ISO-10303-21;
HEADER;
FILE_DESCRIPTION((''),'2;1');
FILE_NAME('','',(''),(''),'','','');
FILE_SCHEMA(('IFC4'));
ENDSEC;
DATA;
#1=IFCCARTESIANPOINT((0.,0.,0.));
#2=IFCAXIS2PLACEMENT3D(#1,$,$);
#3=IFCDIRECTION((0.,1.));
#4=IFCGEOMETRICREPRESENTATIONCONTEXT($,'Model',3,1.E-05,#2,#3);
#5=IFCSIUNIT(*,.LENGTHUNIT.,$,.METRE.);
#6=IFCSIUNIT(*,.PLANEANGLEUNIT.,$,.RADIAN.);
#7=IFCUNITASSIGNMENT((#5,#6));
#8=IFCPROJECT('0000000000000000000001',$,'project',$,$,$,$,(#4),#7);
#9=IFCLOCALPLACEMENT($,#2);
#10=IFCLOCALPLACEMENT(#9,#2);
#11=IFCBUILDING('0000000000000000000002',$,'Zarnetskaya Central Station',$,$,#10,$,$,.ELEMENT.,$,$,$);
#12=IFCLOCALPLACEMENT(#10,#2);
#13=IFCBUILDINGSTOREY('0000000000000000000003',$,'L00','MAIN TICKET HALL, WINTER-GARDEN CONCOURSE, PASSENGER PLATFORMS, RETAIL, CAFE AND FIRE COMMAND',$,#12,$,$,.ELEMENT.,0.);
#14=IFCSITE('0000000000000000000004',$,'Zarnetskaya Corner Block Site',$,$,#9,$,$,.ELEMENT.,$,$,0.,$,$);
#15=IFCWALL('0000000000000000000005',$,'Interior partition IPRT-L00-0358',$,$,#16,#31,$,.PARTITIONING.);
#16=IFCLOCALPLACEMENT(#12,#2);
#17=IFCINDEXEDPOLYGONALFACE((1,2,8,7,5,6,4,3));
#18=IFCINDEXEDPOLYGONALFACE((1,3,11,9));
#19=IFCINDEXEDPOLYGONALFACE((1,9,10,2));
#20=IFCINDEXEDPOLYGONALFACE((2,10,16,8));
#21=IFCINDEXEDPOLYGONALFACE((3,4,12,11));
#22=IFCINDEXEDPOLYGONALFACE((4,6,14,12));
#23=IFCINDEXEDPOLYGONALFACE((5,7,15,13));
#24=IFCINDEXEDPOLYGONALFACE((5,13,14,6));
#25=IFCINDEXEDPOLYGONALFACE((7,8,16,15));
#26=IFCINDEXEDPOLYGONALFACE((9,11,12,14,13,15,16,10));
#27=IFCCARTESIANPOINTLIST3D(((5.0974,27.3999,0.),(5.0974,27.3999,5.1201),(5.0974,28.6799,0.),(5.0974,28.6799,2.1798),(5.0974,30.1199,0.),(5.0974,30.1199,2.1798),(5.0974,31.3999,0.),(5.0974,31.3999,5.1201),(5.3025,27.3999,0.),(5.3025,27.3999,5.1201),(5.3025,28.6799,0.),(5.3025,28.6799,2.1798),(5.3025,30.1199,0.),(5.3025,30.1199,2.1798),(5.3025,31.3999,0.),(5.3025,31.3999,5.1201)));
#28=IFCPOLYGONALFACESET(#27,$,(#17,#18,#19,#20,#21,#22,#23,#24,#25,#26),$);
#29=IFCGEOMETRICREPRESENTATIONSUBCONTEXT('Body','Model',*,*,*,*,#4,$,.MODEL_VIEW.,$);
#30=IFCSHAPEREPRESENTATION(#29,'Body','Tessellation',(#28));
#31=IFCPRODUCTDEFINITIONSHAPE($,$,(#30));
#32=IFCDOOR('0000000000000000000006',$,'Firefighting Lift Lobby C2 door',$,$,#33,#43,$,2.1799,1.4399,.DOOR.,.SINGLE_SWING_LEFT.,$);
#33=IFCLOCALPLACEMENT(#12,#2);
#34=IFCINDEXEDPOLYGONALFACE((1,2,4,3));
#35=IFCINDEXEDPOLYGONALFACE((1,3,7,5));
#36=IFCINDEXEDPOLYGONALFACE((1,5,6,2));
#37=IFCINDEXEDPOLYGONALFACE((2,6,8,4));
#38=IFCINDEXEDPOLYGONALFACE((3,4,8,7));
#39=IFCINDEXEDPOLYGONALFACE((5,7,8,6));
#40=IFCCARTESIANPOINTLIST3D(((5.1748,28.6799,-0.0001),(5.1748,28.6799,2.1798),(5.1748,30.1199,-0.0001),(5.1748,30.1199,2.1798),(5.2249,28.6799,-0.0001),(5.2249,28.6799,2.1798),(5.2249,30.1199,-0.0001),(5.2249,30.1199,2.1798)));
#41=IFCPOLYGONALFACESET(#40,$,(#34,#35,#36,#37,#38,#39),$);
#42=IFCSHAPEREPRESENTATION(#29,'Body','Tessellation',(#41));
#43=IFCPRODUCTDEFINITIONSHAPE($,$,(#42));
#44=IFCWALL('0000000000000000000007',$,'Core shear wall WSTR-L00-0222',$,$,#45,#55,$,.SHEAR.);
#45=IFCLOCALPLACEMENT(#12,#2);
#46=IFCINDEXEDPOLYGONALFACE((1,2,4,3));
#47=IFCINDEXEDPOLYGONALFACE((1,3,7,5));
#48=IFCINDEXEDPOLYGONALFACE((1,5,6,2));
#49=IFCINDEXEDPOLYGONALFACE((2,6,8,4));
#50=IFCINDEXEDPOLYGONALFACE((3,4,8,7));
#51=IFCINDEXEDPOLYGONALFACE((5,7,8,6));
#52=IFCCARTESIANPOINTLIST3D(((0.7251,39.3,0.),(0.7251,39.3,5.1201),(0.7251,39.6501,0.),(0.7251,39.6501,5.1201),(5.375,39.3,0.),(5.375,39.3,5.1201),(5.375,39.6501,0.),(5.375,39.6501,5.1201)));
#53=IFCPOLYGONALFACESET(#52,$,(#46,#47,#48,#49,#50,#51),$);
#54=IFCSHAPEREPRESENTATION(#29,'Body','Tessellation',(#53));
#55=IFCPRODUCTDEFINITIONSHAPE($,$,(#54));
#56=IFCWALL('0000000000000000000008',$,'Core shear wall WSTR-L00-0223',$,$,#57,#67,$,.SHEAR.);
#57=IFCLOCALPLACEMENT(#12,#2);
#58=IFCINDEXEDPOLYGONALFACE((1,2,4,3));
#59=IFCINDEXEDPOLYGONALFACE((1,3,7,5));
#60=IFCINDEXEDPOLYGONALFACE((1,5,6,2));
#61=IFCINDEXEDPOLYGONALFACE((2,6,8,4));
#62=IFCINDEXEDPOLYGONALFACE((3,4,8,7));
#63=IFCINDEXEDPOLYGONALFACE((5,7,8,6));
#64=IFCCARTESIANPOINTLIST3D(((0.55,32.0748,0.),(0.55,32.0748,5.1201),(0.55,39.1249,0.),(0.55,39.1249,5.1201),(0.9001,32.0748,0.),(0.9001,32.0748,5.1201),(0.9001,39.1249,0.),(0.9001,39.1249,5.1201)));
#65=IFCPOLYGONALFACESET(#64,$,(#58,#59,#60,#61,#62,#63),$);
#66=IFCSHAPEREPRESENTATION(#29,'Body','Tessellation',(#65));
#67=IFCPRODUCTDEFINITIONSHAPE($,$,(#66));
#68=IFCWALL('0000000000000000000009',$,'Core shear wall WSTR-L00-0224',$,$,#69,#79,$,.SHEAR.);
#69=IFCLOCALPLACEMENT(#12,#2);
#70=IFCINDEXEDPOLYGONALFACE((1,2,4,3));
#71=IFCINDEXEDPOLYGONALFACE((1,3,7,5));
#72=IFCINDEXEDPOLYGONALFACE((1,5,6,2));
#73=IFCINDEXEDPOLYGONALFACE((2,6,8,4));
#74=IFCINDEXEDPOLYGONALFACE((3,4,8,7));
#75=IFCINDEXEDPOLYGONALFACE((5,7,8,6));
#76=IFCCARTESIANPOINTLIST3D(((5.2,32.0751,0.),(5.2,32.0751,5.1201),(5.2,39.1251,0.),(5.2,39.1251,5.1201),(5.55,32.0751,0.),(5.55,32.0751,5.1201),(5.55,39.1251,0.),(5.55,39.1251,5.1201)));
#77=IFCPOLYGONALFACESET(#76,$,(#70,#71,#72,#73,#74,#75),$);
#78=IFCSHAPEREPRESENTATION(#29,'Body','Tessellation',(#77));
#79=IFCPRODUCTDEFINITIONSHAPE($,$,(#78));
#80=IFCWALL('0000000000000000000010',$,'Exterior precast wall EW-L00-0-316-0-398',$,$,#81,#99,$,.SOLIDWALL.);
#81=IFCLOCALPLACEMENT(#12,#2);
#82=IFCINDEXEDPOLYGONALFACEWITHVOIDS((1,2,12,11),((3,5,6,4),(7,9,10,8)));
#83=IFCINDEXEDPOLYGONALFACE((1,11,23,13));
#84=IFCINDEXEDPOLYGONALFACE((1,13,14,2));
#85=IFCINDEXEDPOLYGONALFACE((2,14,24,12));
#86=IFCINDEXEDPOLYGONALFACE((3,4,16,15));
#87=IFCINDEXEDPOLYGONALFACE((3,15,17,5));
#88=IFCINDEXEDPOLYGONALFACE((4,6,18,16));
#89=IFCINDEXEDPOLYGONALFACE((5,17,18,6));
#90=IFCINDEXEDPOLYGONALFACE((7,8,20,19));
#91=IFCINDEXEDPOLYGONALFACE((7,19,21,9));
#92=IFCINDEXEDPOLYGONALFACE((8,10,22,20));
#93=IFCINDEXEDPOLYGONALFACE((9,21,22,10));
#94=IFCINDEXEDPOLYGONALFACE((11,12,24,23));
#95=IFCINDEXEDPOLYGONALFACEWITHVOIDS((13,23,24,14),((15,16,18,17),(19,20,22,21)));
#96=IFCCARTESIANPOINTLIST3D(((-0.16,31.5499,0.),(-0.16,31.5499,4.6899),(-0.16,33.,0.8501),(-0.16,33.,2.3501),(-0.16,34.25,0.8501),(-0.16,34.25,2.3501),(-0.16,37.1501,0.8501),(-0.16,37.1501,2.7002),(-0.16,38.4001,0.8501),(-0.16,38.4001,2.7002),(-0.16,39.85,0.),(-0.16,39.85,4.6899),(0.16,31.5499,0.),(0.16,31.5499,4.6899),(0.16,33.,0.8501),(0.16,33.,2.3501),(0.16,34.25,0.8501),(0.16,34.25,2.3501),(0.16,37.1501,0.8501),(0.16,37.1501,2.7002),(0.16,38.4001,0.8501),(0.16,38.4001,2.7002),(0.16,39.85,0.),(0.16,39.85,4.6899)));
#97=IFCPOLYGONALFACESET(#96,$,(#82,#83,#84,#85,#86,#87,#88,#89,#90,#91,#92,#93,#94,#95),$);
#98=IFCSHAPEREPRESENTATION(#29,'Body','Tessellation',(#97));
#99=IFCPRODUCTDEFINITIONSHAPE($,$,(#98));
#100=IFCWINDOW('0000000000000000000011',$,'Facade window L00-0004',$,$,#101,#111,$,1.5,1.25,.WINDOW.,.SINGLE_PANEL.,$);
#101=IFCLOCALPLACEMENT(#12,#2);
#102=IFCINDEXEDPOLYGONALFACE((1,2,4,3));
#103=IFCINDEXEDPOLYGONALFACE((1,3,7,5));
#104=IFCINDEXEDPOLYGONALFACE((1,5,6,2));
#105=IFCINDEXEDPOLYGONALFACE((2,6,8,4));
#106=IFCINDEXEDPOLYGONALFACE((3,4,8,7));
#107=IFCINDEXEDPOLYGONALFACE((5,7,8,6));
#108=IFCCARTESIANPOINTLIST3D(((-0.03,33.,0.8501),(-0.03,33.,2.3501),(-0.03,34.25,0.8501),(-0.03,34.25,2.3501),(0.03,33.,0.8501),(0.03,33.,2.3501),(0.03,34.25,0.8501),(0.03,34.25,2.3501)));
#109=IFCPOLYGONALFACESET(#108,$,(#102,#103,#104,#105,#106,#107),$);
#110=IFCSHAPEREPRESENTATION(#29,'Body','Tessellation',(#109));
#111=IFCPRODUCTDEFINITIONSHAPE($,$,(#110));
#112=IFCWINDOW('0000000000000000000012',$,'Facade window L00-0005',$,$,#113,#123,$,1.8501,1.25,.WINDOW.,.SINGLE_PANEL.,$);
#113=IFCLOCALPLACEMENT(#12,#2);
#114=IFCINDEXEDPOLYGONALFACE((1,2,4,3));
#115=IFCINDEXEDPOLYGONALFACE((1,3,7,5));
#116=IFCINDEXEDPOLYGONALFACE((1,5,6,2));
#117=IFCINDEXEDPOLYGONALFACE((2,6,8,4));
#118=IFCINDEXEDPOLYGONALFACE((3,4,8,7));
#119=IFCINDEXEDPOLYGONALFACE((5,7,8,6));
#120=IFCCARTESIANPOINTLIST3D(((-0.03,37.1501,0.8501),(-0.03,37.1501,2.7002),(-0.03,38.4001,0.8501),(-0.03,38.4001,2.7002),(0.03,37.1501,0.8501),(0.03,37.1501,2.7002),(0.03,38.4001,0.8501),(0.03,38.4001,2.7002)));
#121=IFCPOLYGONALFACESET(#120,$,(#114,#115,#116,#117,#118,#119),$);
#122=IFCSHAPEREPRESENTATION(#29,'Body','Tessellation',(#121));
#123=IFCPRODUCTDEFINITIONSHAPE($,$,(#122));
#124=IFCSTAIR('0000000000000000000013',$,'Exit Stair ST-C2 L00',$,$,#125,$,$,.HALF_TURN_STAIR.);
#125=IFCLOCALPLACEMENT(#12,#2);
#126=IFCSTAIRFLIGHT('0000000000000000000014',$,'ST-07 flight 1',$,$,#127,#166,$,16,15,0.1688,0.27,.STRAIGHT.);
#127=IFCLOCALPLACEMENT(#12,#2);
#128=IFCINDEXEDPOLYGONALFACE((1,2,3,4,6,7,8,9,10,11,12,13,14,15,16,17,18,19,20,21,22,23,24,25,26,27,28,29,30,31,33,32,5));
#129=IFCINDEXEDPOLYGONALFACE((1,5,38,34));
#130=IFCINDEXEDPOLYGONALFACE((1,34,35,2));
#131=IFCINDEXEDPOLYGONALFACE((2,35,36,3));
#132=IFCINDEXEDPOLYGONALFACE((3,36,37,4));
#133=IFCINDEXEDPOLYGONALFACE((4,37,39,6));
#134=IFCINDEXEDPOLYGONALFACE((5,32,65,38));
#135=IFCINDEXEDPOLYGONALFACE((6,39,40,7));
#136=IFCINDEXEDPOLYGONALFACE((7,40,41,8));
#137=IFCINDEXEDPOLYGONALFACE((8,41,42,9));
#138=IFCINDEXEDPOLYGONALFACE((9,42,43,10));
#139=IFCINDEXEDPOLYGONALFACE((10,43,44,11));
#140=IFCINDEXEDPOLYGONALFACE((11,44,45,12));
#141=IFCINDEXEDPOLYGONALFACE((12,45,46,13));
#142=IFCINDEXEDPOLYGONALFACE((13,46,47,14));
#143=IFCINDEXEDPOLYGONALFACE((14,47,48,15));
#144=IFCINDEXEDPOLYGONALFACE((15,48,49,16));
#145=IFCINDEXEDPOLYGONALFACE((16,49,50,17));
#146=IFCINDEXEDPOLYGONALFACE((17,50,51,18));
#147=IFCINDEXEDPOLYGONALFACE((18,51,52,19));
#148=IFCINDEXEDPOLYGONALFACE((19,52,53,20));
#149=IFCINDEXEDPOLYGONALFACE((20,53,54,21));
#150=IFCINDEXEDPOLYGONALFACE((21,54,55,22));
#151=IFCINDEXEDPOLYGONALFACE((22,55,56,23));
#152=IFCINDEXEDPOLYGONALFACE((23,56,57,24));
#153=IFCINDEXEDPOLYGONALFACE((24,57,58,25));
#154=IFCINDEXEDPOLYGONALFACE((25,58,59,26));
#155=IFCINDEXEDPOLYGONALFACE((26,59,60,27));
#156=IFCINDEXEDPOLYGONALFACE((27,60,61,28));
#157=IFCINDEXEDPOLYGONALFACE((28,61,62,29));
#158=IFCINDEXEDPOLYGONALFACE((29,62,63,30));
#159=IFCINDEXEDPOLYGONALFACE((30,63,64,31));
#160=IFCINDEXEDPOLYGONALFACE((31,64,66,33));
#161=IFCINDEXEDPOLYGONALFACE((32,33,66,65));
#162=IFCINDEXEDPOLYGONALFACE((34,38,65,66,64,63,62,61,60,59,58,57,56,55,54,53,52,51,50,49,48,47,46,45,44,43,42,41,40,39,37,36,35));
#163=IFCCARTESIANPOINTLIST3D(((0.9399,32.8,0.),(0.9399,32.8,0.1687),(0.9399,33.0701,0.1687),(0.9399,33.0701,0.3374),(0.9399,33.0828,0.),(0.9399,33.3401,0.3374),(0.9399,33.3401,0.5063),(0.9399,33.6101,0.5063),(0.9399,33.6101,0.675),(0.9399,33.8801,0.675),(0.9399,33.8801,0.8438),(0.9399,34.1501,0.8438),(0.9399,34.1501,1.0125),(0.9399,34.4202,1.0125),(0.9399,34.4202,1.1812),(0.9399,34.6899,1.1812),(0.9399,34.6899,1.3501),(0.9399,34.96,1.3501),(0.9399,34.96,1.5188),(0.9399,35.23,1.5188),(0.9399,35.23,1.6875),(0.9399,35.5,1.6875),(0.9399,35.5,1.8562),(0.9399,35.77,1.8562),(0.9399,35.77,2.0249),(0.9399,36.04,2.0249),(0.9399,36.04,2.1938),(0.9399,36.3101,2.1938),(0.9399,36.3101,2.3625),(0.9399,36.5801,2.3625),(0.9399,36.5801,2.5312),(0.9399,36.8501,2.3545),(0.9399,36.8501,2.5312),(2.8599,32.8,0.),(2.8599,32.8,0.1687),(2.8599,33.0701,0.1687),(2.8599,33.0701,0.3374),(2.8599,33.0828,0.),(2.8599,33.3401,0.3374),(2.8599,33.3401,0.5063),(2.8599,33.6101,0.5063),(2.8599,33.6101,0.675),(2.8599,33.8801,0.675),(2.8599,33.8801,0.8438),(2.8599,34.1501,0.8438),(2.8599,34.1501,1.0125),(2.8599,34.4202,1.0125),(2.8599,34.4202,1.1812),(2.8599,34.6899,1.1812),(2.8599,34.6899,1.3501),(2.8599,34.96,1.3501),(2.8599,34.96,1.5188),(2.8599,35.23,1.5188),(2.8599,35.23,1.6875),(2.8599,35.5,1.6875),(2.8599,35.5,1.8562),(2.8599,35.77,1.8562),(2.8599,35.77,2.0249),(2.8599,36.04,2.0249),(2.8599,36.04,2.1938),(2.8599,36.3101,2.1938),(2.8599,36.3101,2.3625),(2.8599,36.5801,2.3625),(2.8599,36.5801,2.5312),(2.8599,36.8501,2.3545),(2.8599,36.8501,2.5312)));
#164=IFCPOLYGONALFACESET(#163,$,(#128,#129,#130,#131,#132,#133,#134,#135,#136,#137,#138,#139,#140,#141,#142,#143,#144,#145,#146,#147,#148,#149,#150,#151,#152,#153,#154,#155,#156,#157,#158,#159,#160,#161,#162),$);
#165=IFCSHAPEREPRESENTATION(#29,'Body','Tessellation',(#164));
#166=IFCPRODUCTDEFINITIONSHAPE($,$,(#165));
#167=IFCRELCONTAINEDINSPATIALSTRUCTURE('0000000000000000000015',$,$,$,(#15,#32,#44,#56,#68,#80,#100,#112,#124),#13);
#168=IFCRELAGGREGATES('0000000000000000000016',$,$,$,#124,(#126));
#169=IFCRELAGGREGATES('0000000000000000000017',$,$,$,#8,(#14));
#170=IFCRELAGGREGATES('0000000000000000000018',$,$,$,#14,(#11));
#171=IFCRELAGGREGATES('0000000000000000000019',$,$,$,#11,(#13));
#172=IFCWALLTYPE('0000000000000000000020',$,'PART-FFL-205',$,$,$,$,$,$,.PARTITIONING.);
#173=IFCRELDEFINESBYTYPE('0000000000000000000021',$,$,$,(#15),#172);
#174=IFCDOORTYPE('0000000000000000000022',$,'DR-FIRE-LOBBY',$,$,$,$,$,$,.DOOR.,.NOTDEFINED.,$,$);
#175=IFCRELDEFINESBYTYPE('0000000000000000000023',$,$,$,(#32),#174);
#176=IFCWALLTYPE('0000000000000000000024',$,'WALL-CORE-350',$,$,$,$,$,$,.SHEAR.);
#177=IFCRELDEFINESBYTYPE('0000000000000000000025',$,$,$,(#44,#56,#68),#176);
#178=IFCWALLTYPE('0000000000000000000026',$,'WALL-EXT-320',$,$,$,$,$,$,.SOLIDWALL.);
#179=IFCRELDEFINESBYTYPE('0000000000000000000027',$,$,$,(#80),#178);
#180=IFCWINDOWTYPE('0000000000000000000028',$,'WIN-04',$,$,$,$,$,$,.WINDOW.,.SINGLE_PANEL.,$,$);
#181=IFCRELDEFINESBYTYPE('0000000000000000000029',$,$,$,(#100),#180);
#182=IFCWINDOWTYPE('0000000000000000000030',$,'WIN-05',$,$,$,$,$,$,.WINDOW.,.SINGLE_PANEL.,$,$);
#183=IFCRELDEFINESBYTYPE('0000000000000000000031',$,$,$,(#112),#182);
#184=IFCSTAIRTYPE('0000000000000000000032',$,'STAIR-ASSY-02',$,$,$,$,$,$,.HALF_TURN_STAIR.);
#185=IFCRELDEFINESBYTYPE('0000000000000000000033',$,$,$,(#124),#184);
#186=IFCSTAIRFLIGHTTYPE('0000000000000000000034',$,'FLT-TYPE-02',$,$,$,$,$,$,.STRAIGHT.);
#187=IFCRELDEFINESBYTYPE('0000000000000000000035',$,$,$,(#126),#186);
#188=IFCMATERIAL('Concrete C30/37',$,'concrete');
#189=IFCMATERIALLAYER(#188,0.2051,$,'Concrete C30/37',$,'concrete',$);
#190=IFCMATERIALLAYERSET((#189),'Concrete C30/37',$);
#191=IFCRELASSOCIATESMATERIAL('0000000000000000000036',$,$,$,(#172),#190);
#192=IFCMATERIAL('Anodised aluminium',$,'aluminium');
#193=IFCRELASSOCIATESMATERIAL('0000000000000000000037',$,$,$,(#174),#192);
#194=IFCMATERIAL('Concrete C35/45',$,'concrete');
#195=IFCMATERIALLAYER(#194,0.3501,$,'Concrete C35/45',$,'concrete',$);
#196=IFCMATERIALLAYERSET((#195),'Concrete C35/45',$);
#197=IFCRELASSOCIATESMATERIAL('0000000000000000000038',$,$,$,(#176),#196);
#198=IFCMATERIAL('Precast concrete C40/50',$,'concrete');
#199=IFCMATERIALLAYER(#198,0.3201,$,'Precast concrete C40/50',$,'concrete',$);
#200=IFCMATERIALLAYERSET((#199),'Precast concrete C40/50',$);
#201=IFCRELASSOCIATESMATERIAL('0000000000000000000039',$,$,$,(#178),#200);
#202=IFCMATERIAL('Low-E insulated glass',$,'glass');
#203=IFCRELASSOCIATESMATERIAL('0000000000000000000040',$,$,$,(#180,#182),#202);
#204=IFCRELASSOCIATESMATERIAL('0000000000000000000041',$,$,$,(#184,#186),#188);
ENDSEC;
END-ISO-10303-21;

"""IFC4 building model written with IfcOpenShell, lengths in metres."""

from ifc_helpers import new_model, si_unit, direction, frame, frame_2d, origin, place, context, subcontext, project, spatial, polyline, rectangle, outline, extrude, material, layer, layer_set, type_object, element, fill, aggregate, save


model = new_model("IFC4")

# Units and contexts
model_context = context("Model", 3, precision=1e-05, world=origin(), true_north=direction((0.0, 1.0)))
body_context = subcontext(model_context, "Body", "Model", "MODEL_VIEW")
ifc_project = project(units=[si_unit("LENGTHUNIT", "METRE"), si_unit("PLANEANGLEUNIT", "RADIAN")], contexts=[model_context])

# Site, building, storey
site_placement = place(None, origin())
site = spatial("IfcSite", under=ifc_project, at=site_placement, Name="Zarnetskaya Corner Block Site", CompositionType="ELEMENT", RefElevation=0.0)
building_placement = place(site_placement, origin())
building = spatial("IfcBuilding", under=site, at=building_placement, Name="Zarnetskaya Central Station", CompositionType="ELEMENT")
storey_placement = place(building_placement, origin())
storey = spatial("IfcBuildingStorey", under=building, at=storey_placement, Name="L00", Description="MAIN TICKET HALL, WINTER-GARDEN CONCOURSE, PASSENGER PLATFORMS, RETAIL, CAFE AND FIRE COMMAND", CompositionType="ELEMENT", Elevation=0.0)

# Wall, opening, door
ifc_material_1 = material(Name="Concrete C30/37", Category="concrete")
ifc_layer_1 = layer(ifc_material_1, 0.2051, Name="Concrete C30/37", Category="concrete")
ifc_layer_set_1 = layer_set([ifc_layer_1], Name="Concrete C30/37")
wall_type_1 = type_object("IfcWallType", Name="PART-FFL-205", PredefinedType="PARTITIONING", material=ifc_layer_set_1)
wall_1_placement = place(storey_placement, frame((5.2, 31.3999, 0.0), z_axis=(0.0, 0.0, 1.0), x_axis=(0.0, -1.0, 0.0)))
wall_1 = element("IfcWall", 1, at=wall_1_placement, inside=storey, type_object=wall_type_1, Name="Interior partition IPRT-L00-0358", PredefinedType="PARTITIONING", context=body_context, shape_type="SweptSolid", body=[
    extrude(rectangle(XDim=4.0, YDim=0.2051, at=frame_2d((2.0, 0.0))), origin(), (0.0, 0.0, 1.0), 5.1201),
])
opening_1_placement = place(wall_1_placement, frame((1.28, 0.0, 0.0)))
opening_1 = element("IfcOpeningElement", 2, at=opening_1_placement, cuts=wall_1, PredefinedType="OPENING", context=body_context, shape_type="SweptSolid", body=[
    extrude(rectangle(XDim=1.4399, YDim=2.1799, at=frame_2d((0.72, 1.0898))), frame((0.0, 0.1125, 0.0), z_axis=(0.0, -1.0, 0.0), x_axis=(1.0, 0.0, 0.0)), (0.0, 0.0, 1.0), 0.2251),
])
ifc_material_2 = material(Name="Anodised aluminium", Category="aluminium")
door_type_1 = type_object("IfcDoorType", Name="DR-FIRE-LOBBY", OperationType="NOTDEFINED", PredefinedType="DOOR", material=ifc_material_2)
door_1_placement = place(opening_1_placement, origin())
door_1 = element("IfcDoor", 3, at=door_1_placement, inside=storey, type_object=door_type_1, Name="Firefighting Lift Lobby C2 door", OperationType="SINGLE_SWING_LEFT", OverallHeight=2.1799, OverallWidth=1.4399, PredefinedType="DOOR", context=body_context, shape_type="SweptSolid", body=[
    extrude(rectangle(XDim=1.4399, YDim=2.1799, at=frame_2d((0.72, 1.0898))), frame((0.0, 0.0249, 0.0), z_axis=(0.0, -1.0, 0.0), x_axis=(1.0, 0.0, 0.0)), (0.0, 0.0, 1.0), 0.05),
])
fill(opening_1, door_1)
ifc_material_3 = material(Name="Concrete C35/45", Category="concrete")
ifc_layer_2 = layer(ifc_material_3, 0.3501, Name="Concrete C35/45", Category="concrete")
ifc_layer_set_2 = layer_set([ifc_layer_2], Name="Concrete C35/45")
wall_type_2 = type_object("IfcWallType", Name="WALL-CORE-350", PredefinedType="SHEAR", material=ifc_layer_set_2)

# Walls
wall_2_placement = place(storey_placement, frame((0.7251, 39.4751, 0.0), z_axis=(0.0, 0.0, 1.0), x_axis=(1.0, 0.0, 0.0)))
element("IfcWall", 4, at=wall_2_placement, inside=storey, type_object=wall_type_2, Name="Core shear wall WSTR-L00-0222", PredefinedType="SHEAR", context=body_context, shape_type="SweptSolid", body=[
    extrude(rectangle(XDim=4.6499, YDim=0.3501, at=frame_2d((2.325, 0.0))), origin(), (0.0, 0.0, 1.0), 5.1201),
])
for number, where, z_axis, x_axis, name in (
    (5, (0.7251, 32.075, 0.0), (0.0, 0.0, 1.0), (0.0, 1.0, 0.0), "Core shear wall WSTR-L00-0223"),
    (6, (5.375, 39.125, 0.0), (0.0, 0.0, 1.0), (0.0, -1.0, 0.0), "Core shear wall WSTR-L00-0224"),
):
    element("IfcWall", number, at=place(storey_placement, frame(where, z_axis=z_axis, x_axis=x_axis)), inside=storey, type_object=wall_type_2, Name=name, PredefinedType="SHEAR", context=body_context, shape_type="SweptSolid", body=[
        extrude(rectangle(XDim=7.05, YDim=0.3501, at=frame_2d((3.5249, 0.0))), origin(), (0.0, 0.0, 1.0), 5.1201),
    ])

# Wall, openings, windows
ifc_material_4 = material(Name="Precast concrete C40/50", Category="concrete")
ifc_layer_3 = layer(ifc_material_4, 0.3201, Name="Precast concrete C40/50", Category="concrete")
ifc_layer_set_3 = layer_set([ifc_layer_3], Name="Precast concrete C40/50")
wall_type_3 = type_object("IfcWallType", Name="WALL-EXT-320", PredefinedType="SOLIDWALL", material=ifc_layer_set_3)
wall_3_placement = place(storey_placement, frame((0.0, 31.55, 0.0), z_axis=(0.0, 0.0, 1.0), x_axis=(0.0, 1.0, 0.0)))
wall_3 = element("IfcWall", 7, at=wall_3_placement, inside=storey, type_object=wall_type_3, Name="Exterior precast wall EW-L00-0-316-0-398", PredefinedType="SOLIDWALL", context=body_context, shape_type="SweptSolid", body=[
    extrude(rectangle(XDim=8.3, YDim=0.3201, at=frame_2d((4.1499, 0.0))), origin(), (0.0, 0.0, 1.0), 4.6899),
])
opening_2_placement = place(wall_3_placement, frame((1.45, 0.0, 0.8501)))
opening_2 = element("IfcOpeningElement", 8, at=opening_2_placement, cuts=wall_3, PredefinedType="OPENING", context=body_context, shape_type="SweptSolid", body=[
    extrude(rectangle(XDim=1.25, YDim=1.5, at=frame_2d((0.625, 0.75))), frame((0.0, 0.1699, 0.0), z_axis=(0.0, -1.0, 0.0), x_axis=(1.0, 0.0, 0.0)), (0.0, 0.0, 1.0), 0.3401),
])
opening_3_placement = place(wall_3_placement, frame((5.6001, 0.0, 0.8501)))
opening_3 = element("IfcOpeningElement", 9, at=opening_3_placement, cuts=wall_3, PredefinedType="OPENING", context=body_context, shape_type="SweptSolid", body=[
    extrude(rectangle(XDim=1.25, YDim=1.8501, at=frame_2d((0.625, 0.925))), frame((0.0, 0.1699, 0.0), z_axis=(0.0, -1.0, 0.0), x_axis=(1.0, 0.0, 0.0)), (0.0, 0.0, 1.0), 0.3401),
])
ifc_material_5 = material(Name="Low-E insulated glass", Category="glass")
window_type_1 = type_object("IfcWindowType", Name="WIN-04", PartitioningType="SINGLE_PANEL", PredefinedType="WINDOW", material=ifc_material_5)
window_1_placement = place(opening_2_placement, origin())
window_1 = element("IfcWindow", 10, at=window_1_placement, inside=storey, type_object=window_type_1, Name="Facade window L00-0004", OverallHeight=1.5, OverallWidth=1.25, PartitioningType="SINGLE_PANEL", PredefinedType="WINDOW", context=body_context, shape_type="SweptSolid", body=[
    extrude(rectangle(XDim=1.25, YDim=1.5, at=frame_2d((0.625, 0.75))), frame((0.0, 0.03, 0.0), z_axis=(0.0, -1.0, 0.0), x_axis=(1.0, 0.0, 0.0)), (0.0, 0.0, 1.0), 0.0601),
])
fill(opening_2, window_1)
window_type_2 = type_object("IfcWindowType", Name="WIN-05", PartitioningType="SINGLE_PANEL", PredefinedType="WINDOW", material=ifc_material_5)
window_2_placement = place(opening_3_placement, origin())
window_2 = element("IfcWindow", 11, at=window_2_placement, inside=storey, type_object=window_type_2, Name="Facade window L00-0005", OverallHeight=1.8501, OverallWidth=1.25, PartitioningType="SINGLE_PANEL", PredefinedType="WINDOW", context=body_context, shape_type="SweptSolid", body=[
    extrude(rectangle(XDim=1.25, YDim=1.8501, at=frame_2d((0.625, 0.925))), frame((0.0, 0.03, 0.0), z_axis=(0.0, -1.0, 0.0), x_axis=(1.0, 0.0, 0.0)), (0.0, 0.0, 1.0), 0.0601),
])
fill(opening_3, window_2)

# Stair, stair flight
stair_type = type_object("IfcStairType", Name="STAIR-ASSY-02", PredefinedType="HALF_TURN_STAIR", material=ifc_material_1)
stair_placement = place(storey_placement, origin())
stair = element("IfcStair", 12, at=stair_placement, inside=storey, type_object=stair_type, Name="Exit Stair ST-C2 L00", PredefinedType="HALF_TURN_STAIR")
stair_flight_type = type_object("IfcStairFlightType", Name="FLT-TYPE-02", PredefinedType="STRAIGHT", material=ifc_material_1)
stair_flight_1_placement = place(storey_placement, frame((1.8999, 32.8, 0.0), z_axis=(0.0, 0.0, 1.0), x_axis=(0.0, 1.0, 0.0)))
stair_flight_1 = element("IfcStairFlight", 13, at=stair_flight_1_placement, type_object=stair_flight_type, Name="ST-07 flight 1", NumberOfRisers=16, NumberOfTreads=15, PredefinedType="STRAIGHT", RiserHeight=0.1688, TreadLength=0.27, context=body_context, shape_type="SweptSolid", body=[
    extrude(outline(polyline([(0.0, 0.0), (0.0, 0.1687), (0.27, 0.1687), (0.27, 0.3374), (0.54, 0.3374), (0.54, 0.5063), (0.8101, 0.5063), (0.8101, 0.675), (1.0801, 0.675), (1.0801, 0.8438), (1.3501, 0.8438), (1.3501, 1.0125), (1.6201, 1.0125), (1.6201, 1.1812), (1.8899, 1.1812), (1.8899, 1.3501), (2.1599, 1.3501), (2.1599, 1.5188), (2.4299, 1.5188), (2.4299, 1.6875), (2.7, 1.6875), (2.7, 1.8562), (2.97, 1.8562), (2.97, 2.0249), (3.24, 2.0249), (3.24, 2.1938), (3.51, 2.1938), (3.51, 2.3625), (3.78, 2.3625), (3.78, 2.5312), (4.05, 2.5312), (4.05, 2.7), (4.05, 2.3545), (0.2827, 0.0), (0.0, 0.0)])), frame((0.0, 0.96, 0.0), z_axis=(0.0, -1.0, 0.0), x_axis=(1.0, 0.0, 0.0)), (0.0, 0.0, 1.0), 1.9199),
])
aggregate(stair, [stair_flight_1])

save(model, "model.ifc")
